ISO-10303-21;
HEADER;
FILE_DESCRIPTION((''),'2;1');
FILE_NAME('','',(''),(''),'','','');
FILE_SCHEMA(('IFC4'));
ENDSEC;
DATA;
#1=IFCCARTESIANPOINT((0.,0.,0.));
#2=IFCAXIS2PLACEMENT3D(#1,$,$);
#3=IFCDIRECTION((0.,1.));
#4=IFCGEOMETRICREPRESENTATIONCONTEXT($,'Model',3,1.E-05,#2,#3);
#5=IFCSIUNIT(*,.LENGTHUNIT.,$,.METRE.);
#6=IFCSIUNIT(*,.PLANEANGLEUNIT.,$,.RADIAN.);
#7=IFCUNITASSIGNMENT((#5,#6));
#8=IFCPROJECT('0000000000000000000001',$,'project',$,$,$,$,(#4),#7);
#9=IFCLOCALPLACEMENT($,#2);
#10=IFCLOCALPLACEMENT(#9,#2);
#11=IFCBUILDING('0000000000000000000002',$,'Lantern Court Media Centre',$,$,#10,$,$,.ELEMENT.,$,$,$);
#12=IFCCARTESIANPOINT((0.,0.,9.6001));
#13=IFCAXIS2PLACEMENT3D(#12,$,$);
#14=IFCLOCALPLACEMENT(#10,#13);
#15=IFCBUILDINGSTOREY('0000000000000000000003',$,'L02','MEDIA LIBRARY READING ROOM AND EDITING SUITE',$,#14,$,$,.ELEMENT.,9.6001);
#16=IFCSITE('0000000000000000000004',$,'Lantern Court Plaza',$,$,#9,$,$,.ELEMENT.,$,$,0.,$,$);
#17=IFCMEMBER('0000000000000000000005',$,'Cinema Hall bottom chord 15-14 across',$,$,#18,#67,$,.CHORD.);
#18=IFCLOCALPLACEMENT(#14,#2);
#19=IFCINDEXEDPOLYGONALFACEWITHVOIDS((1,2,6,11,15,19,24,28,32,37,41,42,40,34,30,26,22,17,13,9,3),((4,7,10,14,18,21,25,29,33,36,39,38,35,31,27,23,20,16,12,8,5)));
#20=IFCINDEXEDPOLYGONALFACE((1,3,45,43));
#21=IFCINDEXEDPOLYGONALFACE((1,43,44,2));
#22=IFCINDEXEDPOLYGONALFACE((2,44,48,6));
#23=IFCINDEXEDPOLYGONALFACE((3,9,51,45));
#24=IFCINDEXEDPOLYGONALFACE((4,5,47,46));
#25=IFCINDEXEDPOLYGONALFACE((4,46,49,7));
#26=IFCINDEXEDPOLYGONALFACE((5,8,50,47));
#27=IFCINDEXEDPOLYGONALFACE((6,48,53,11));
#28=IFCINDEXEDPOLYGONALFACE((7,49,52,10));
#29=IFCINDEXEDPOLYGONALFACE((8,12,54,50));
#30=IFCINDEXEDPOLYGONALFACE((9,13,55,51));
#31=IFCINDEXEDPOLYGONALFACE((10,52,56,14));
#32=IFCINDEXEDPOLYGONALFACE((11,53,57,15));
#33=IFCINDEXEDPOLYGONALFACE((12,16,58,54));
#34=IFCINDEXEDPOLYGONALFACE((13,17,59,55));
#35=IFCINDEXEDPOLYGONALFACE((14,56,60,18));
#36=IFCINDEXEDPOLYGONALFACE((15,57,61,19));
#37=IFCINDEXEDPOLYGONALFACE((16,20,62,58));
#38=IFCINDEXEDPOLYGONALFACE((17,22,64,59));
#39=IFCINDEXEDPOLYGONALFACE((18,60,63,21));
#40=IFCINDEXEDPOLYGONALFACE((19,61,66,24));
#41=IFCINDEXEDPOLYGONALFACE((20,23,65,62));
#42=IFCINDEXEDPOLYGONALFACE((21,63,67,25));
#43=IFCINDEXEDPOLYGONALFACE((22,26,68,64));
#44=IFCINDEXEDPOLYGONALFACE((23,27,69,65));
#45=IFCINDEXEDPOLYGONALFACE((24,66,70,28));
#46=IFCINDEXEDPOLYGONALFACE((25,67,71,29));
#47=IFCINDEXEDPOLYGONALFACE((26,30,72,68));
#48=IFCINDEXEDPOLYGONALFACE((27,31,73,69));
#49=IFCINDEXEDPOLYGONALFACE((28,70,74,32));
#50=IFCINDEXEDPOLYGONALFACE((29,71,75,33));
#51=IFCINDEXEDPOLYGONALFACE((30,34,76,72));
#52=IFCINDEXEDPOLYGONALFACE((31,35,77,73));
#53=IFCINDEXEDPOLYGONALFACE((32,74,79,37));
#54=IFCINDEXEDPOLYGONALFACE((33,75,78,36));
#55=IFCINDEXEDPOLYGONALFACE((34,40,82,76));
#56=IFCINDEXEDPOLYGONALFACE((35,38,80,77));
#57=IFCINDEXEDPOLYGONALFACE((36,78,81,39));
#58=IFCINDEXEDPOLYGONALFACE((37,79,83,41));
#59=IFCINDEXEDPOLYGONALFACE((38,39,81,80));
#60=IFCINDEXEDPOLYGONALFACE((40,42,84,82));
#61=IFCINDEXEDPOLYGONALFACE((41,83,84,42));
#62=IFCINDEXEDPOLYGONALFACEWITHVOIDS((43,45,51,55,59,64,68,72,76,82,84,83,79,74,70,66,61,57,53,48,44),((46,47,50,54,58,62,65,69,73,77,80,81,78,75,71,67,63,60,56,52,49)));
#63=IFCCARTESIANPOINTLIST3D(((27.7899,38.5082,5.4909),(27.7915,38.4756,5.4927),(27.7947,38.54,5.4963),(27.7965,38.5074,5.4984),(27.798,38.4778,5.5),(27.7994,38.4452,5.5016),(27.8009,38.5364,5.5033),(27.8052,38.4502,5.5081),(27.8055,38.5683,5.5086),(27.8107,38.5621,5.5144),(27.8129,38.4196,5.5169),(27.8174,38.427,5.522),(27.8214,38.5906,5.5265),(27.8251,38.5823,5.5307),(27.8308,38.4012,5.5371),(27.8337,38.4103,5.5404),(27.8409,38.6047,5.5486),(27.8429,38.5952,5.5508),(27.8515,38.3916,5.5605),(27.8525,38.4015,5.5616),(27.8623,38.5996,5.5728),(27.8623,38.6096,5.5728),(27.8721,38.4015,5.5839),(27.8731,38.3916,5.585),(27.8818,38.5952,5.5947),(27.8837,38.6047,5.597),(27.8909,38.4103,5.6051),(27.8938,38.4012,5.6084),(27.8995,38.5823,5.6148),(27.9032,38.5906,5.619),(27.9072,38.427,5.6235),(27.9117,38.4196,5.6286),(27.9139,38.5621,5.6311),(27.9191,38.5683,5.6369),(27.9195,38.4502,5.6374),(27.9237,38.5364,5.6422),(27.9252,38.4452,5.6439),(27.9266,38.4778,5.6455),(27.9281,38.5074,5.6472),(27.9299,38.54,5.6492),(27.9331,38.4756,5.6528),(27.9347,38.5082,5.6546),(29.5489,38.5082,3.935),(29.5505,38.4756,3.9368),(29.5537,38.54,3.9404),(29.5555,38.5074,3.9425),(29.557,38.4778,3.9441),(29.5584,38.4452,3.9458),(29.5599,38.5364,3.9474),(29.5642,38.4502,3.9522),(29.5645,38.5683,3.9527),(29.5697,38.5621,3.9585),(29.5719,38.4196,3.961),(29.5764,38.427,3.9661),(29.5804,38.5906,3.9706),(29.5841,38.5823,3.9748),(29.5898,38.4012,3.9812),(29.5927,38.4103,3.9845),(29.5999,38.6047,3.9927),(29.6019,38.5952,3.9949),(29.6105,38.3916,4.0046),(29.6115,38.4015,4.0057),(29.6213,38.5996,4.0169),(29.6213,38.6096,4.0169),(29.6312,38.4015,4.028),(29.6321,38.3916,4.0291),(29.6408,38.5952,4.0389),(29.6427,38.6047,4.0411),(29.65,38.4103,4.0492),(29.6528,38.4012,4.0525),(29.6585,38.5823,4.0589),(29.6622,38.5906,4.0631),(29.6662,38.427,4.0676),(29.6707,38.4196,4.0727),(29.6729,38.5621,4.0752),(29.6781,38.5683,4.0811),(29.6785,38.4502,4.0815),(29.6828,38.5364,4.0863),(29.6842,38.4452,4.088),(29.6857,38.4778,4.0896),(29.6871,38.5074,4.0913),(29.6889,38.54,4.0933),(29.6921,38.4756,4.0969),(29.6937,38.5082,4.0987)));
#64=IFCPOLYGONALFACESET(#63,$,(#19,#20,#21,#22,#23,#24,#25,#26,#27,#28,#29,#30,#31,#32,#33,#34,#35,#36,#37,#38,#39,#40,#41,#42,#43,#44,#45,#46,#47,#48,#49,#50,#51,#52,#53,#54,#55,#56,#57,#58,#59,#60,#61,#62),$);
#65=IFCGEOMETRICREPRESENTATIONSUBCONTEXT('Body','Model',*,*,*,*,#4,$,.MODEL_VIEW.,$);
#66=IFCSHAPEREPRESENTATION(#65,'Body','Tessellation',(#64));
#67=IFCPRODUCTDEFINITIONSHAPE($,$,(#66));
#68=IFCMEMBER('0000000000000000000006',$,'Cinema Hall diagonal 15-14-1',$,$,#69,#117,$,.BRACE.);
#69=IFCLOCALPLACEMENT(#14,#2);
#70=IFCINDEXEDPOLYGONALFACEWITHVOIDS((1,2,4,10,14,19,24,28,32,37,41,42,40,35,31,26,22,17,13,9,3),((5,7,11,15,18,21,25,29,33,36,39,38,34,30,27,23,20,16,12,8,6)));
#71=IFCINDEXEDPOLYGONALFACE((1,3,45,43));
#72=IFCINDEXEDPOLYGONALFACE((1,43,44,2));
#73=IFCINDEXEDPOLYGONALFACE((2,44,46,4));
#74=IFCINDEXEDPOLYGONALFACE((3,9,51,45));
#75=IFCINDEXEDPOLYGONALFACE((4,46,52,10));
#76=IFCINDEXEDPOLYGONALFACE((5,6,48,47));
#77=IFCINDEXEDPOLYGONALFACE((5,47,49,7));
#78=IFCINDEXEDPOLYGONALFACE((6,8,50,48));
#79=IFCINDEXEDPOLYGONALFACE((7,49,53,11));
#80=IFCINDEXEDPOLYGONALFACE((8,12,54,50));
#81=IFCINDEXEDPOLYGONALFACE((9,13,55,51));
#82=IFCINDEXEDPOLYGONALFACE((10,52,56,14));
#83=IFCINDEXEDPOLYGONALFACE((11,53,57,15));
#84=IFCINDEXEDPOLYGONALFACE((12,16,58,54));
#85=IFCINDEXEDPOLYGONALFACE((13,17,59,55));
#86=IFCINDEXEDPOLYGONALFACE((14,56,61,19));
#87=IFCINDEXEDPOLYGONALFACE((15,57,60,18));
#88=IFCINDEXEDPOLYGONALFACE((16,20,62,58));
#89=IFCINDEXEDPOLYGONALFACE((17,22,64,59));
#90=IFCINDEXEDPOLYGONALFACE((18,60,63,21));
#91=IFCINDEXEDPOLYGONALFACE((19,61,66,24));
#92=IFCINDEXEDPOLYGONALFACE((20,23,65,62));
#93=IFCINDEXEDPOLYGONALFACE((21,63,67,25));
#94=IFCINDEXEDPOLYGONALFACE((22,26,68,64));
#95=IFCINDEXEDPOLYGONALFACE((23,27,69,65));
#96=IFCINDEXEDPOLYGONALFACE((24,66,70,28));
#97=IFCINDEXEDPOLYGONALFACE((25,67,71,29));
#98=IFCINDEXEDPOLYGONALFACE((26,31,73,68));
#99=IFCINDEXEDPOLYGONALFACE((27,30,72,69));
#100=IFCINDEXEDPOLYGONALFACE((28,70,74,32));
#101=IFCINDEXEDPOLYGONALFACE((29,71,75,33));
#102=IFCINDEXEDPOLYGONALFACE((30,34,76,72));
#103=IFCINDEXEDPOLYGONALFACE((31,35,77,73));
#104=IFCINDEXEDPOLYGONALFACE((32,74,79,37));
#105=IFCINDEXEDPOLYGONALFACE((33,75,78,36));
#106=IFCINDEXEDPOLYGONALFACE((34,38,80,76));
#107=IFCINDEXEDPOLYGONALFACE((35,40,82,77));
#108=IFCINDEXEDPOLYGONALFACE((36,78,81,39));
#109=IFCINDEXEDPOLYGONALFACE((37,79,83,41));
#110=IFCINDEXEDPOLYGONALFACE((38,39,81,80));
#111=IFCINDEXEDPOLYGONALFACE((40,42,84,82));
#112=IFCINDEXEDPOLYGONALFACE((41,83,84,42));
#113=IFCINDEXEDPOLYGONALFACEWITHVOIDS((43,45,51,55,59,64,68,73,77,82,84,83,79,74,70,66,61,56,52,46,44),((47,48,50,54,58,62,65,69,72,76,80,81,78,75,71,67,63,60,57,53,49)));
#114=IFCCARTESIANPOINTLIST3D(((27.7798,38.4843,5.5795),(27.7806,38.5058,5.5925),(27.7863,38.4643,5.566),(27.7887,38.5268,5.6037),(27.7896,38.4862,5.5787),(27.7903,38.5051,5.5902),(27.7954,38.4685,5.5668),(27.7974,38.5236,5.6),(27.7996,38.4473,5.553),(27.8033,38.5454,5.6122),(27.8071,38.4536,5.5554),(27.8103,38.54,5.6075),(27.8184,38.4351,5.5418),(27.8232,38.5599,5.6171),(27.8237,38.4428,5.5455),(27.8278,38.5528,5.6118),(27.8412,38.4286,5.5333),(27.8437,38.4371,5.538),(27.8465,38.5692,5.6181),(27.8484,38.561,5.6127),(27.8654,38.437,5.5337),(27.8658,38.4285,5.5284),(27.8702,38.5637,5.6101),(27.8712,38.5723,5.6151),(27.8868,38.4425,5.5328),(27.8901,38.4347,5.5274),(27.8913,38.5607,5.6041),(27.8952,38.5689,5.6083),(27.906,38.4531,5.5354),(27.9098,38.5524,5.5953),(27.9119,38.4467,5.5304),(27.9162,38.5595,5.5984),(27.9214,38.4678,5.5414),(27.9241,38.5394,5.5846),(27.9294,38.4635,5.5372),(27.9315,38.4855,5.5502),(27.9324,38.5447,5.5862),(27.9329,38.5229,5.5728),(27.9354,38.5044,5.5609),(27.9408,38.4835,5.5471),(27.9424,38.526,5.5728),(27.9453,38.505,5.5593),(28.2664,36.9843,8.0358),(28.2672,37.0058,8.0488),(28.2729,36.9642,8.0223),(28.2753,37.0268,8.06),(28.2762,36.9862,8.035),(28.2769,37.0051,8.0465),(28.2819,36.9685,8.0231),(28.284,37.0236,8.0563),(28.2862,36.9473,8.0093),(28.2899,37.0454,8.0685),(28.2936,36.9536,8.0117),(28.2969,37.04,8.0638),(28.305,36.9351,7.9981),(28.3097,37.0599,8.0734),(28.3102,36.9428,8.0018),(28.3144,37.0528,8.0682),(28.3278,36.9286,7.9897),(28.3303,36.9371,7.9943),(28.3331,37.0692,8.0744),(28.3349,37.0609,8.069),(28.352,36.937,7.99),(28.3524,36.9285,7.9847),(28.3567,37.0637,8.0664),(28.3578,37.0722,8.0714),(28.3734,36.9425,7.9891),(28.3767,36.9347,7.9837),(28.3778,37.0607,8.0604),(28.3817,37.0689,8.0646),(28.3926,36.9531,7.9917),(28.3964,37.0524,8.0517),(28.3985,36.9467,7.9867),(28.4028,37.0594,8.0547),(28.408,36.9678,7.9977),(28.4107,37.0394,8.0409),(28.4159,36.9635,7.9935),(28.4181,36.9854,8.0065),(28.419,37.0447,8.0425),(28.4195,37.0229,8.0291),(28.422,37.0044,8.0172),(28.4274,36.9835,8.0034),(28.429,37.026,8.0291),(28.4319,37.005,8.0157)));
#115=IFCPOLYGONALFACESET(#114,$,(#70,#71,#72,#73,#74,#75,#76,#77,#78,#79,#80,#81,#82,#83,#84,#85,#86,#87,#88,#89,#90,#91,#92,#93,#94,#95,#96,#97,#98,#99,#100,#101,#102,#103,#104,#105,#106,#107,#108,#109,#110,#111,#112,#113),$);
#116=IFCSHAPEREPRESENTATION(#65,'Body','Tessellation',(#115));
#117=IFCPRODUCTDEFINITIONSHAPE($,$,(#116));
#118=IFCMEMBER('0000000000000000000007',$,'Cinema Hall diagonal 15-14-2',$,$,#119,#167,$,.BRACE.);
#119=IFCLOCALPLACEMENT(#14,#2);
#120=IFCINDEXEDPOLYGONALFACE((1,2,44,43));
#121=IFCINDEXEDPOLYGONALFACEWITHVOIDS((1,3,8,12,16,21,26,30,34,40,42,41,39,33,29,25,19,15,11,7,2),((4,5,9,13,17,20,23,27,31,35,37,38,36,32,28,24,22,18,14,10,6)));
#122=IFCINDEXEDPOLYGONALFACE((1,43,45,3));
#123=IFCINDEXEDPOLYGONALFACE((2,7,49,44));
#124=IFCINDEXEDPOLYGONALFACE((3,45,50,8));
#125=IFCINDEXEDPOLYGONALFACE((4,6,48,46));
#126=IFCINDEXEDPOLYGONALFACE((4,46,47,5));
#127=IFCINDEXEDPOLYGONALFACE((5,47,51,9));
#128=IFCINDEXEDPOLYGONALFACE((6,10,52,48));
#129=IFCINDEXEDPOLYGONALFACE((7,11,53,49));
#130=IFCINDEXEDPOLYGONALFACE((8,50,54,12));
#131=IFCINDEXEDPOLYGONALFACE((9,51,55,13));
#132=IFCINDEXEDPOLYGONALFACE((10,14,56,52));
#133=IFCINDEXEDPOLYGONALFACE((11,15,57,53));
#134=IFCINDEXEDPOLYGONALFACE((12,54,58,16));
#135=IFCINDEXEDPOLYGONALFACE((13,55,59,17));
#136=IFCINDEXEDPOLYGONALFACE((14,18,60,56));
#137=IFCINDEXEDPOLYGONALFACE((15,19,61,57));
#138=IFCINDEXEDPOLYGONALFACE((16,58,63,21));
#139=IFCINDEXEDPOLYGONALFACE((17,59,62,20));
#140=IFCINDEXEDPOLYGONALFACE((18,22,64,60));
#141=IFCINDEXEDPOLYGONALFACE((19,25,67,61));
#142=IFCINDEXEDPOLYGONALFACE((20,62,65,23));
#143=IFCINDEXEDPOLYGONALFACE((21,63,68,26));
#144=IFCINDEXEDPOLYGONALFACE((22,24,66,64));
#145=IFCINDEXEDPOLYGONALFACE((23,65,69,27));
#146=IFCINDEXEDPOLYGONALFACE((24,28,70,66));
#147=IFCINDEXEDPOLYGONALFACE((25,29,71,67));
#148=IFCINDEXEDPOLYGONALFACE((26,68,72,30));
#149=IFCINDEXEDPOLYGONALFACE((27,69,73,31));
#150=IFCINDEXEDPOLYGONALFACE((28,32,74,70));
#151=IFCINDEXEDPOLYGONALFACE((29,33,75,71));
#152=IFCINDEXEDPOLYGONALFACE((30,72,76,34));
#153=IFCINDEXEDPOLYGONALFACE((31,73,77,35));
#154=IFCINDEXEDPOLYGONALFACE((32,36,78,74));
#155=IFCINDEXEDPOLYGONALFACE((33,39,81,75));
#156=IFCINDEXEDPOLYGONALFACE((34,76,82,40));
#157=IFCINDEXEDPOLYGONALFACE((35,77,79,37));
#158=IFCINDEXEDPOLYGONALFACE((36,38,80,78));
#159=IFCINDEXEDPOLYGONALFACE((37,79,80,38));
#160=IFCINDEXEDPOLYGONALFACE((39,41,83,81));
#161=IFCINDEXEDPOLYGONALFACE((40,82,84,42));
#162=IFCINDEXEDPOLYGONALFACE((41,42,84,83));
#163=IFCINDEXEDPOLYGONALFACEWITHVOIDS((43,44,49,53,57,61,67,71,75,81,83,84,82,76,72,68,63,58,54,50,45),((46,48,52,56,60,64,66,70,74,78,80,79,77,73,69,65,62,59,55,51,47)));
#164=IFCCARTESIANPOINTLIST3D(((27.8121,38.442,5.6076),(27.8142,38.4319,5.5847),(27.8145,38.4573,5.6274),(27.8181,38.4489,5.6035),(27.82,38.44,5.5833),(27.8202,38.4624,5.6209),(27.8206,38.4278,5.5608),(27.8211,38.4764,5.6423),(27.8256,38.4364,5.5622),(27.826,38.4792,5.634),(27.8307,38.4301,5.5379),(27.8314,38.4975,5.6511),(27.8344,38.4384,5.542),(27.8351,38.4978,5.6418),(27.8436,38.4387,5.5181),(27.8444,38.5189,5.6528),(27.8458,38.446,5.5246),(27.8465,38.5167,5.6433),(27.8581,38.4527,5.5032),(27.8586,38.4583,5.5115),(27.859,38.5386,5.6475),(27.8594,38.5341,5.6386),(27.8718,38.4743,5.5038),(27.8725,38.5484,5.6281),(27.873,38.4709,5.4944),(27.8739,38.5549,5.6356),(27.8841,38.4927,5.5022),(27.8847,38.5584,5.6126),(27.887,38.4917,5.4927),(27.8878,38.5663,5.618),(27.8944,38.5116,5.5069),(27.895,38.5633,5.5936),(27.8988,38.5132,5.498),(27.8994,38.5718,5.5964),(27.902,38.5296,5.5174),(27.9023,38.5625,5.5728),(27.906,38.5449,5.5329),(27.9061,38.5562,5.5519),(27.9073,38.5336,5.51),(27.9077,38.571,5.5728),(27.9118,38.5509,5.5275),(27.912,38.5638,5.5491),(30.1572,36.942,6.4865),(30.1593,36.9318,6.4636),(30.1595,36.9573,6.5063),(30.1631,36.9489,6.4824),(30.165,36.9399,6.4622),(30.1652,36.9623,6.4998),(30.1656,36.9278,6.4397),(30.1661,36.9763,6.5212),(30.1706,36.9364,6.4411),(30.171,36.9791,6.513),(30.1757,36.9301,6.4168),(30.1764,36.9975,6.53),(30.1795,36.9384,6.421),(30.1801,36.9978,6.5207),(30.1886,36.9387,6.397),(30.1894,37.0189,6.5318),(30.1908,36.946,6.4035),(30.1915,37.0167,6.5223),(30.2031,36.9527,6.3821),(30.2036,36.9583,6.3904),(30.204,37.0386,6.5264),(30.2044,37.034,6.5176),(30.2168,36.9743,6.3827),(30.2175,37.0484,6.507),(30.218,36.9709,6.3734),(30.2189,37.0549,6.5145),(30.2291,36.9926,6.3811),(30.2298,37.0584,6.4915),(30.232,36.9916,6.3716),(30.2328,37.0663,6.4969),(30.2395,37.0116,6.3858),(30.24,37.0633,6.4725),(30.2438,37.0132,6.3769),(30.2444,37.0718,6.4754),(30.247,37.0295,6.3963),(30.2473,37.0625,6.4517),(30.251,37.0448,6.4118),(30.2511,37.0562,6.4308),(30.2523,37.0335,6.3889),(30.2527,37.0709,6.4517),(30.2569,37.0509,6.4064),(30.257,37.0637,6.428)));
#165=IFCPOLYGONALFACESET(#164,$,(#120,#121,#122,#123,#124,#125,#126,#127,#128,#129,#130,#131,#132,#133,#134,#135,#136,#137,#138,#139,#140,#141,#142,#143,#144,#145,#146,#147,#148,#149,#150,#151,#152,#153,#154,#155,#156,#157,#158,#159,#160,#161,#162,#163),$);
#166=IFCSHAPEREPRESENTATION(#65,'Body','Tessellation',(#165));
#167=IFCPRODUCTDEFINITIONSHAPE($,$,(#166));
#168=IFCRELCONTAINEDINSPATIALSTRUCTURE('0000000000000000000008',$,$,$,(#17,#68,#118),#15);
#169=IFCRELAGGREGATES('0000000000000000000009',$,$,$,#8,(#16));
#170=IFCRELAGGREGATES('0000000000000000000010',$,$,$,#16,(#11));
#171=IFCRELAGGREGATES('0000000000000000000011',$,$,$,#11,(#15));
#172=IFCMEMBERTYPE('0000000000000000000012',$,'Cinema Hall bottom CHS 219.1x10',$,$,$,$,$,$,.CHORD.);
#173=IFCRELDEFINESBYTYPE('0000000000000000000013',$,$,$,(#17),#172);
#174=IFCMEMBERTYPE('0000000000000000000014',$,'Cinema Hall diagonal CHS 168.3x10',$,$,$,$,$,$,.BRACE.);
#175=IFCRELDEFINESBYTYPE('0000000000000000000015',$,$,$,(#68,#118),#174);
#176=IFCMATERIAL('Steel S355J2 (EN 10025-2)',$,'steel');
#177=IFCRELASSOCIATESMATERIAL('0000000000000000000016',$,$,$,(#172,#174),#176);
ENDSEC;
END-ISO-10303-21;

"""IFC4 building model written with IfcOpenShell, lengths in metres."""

from ifc_helpers import new_model, si_unit, direction, frame, origin, origin_2d, place, context, subcontext, project, spatial, hollow_circle, extrude, material, material_profile, profile_set, type_object, element, save


model = new_model("IFC4")

# Units and contexts
model_context = context("Model", 3, precision=1e-05, world=origin(), true_north=direction((0.0, 1.0)))
body_context = subcontext(model_context, "Body", "Model", "MODEL_VIEW")
ifc_project = project(units=[si_unit("LENGTHUNIT", "METRE"), si_unit("PLANEANGLEUNIT", "RADIAN")], contexts=[model_context])

# Site, building, storey
site_placement = place(None, origin())
site = spatial("IfcSite", under=ifc_project, at=site_placement, Name="Lantern Court Plaza", CompositionType="ELEMENT", RefElevation=0.0)
building_placement = place(site_placement, origin())
building = spatial("IfcBuilding", under=site, at=building_placement, Name="Lantern Court Media Centre", CompositionType="ELEMENT")
storey_placement = place(building_placement, frame((0.0, 0.0, 9.6001)))
storey = spatial("IfcBuildingStorey", under=building, at=storey_placement, Name="L02", Description="MEDIA LIBRARY READING ROOM AND EDITING SUITE", CompositionType="ELEMENT", Elevation=9.6001)

# Members
ifc_material_1 = material(Name="Steel S355J2 (EN 10025-2)", Category="steel")
ifc_material_profile_1 = material_profile(ifc_material_1, hollow_circle(Radius=0.1096, WallThickness=0.01, at=origin_2d()), Name="Cinema Hall bottom CHS 219.1x10")
ifc_profile_set_1 = profile_set([ifc_material_profile_1], Name="Steel S355J2 (EN 10025-2)")
member_type_1 = type_object("IfcMemberType", Name="Cinema Hall bottom CHS 219.1x10", PredefinedType="CHORD", material=ifc_profile_set_1)
member_1_placement = place(storey_placement, frame((27.8623, 38.5, 5.5728), z_axis=(0.74903, 0.0, -0.662536), x_axis=(0.0, 1.0, 0.0)))
element("IfcMember", 1, at=member_1_placement, inside=storey, type_object=member_type_1, Name="Cinema Hall bottom chord 15-14 across", PredefinedType="CHORD", context=body_context, shape_type="SweptSolid", body=[
    extrude(hollow_circle(Radius=0.1096, WallThickness=0.01, at=origin_2d()), origin(), (0.0, 0.0, 1.0), 2.3484),
])
ifc_material_profile_2 = material_profile(ifc_material_1, hollow_circle(Radius=0.0842, WallThickness=0.01, at=origin_2d()), Name="Cinema Hall diagonal CHS 168.3x10")
ifc_profile_set_2 = profile_set([ifc_material_profile_2], Name="Steel S355J2 (EN 10025-2)")
member_type_2 = type_object("IfcMemberType", Name="Cinema Hall diagonal CHS 168.3x10", PredefinedType="BRACE", material=ifc_profile_set_2)
member_2_placement = place(storey_placement, frame((27.8623, 38.5, 5.5728), z_axis=(0.166695, -0.513887, 0.841506), x_axis=(0.951207, 0.308554, 0.0)))
element("IfcMember", 2, at=member_2_placement, inside=storey, type_object=member_type_2, Name="Cinema Hall diagonal 15-14-1", PredefinedType="BRACE", context=body_context, shape_type="SweptSolid", body=[
    extrude(hollow_circle(Radius=0.0842, WallThickness=0.01, at=origin_2d()), origin(), (0.0, 0.0, 1.0), 2.9189),
])
for number, where, z_axis, x_axis, name in (
    (3, (27.8623, 38.5, 5.5728), (0.803309, -0.51385, 0.301084), (0.538855, 0.842399, 0.0), "Cinema Hall diagonal 15-14-2"),
):
    element("IfcMember", number, at=place(storey_placement, frame(where, z_axis=z_axis, x_axis=x_axis)), inside=storey, type_object=member_type_2, Name=name, PredefinedType="BRACE", context=body_context, shape_type="SweptSolid", body=[
        extrude(hollow_circle(Radius=0.0842, WallThickness=0.01, at=origin_2d()), origin(), (0.0, 0.0, 1.0), 2.9192),
    ])

save(model, "model.ifc")
